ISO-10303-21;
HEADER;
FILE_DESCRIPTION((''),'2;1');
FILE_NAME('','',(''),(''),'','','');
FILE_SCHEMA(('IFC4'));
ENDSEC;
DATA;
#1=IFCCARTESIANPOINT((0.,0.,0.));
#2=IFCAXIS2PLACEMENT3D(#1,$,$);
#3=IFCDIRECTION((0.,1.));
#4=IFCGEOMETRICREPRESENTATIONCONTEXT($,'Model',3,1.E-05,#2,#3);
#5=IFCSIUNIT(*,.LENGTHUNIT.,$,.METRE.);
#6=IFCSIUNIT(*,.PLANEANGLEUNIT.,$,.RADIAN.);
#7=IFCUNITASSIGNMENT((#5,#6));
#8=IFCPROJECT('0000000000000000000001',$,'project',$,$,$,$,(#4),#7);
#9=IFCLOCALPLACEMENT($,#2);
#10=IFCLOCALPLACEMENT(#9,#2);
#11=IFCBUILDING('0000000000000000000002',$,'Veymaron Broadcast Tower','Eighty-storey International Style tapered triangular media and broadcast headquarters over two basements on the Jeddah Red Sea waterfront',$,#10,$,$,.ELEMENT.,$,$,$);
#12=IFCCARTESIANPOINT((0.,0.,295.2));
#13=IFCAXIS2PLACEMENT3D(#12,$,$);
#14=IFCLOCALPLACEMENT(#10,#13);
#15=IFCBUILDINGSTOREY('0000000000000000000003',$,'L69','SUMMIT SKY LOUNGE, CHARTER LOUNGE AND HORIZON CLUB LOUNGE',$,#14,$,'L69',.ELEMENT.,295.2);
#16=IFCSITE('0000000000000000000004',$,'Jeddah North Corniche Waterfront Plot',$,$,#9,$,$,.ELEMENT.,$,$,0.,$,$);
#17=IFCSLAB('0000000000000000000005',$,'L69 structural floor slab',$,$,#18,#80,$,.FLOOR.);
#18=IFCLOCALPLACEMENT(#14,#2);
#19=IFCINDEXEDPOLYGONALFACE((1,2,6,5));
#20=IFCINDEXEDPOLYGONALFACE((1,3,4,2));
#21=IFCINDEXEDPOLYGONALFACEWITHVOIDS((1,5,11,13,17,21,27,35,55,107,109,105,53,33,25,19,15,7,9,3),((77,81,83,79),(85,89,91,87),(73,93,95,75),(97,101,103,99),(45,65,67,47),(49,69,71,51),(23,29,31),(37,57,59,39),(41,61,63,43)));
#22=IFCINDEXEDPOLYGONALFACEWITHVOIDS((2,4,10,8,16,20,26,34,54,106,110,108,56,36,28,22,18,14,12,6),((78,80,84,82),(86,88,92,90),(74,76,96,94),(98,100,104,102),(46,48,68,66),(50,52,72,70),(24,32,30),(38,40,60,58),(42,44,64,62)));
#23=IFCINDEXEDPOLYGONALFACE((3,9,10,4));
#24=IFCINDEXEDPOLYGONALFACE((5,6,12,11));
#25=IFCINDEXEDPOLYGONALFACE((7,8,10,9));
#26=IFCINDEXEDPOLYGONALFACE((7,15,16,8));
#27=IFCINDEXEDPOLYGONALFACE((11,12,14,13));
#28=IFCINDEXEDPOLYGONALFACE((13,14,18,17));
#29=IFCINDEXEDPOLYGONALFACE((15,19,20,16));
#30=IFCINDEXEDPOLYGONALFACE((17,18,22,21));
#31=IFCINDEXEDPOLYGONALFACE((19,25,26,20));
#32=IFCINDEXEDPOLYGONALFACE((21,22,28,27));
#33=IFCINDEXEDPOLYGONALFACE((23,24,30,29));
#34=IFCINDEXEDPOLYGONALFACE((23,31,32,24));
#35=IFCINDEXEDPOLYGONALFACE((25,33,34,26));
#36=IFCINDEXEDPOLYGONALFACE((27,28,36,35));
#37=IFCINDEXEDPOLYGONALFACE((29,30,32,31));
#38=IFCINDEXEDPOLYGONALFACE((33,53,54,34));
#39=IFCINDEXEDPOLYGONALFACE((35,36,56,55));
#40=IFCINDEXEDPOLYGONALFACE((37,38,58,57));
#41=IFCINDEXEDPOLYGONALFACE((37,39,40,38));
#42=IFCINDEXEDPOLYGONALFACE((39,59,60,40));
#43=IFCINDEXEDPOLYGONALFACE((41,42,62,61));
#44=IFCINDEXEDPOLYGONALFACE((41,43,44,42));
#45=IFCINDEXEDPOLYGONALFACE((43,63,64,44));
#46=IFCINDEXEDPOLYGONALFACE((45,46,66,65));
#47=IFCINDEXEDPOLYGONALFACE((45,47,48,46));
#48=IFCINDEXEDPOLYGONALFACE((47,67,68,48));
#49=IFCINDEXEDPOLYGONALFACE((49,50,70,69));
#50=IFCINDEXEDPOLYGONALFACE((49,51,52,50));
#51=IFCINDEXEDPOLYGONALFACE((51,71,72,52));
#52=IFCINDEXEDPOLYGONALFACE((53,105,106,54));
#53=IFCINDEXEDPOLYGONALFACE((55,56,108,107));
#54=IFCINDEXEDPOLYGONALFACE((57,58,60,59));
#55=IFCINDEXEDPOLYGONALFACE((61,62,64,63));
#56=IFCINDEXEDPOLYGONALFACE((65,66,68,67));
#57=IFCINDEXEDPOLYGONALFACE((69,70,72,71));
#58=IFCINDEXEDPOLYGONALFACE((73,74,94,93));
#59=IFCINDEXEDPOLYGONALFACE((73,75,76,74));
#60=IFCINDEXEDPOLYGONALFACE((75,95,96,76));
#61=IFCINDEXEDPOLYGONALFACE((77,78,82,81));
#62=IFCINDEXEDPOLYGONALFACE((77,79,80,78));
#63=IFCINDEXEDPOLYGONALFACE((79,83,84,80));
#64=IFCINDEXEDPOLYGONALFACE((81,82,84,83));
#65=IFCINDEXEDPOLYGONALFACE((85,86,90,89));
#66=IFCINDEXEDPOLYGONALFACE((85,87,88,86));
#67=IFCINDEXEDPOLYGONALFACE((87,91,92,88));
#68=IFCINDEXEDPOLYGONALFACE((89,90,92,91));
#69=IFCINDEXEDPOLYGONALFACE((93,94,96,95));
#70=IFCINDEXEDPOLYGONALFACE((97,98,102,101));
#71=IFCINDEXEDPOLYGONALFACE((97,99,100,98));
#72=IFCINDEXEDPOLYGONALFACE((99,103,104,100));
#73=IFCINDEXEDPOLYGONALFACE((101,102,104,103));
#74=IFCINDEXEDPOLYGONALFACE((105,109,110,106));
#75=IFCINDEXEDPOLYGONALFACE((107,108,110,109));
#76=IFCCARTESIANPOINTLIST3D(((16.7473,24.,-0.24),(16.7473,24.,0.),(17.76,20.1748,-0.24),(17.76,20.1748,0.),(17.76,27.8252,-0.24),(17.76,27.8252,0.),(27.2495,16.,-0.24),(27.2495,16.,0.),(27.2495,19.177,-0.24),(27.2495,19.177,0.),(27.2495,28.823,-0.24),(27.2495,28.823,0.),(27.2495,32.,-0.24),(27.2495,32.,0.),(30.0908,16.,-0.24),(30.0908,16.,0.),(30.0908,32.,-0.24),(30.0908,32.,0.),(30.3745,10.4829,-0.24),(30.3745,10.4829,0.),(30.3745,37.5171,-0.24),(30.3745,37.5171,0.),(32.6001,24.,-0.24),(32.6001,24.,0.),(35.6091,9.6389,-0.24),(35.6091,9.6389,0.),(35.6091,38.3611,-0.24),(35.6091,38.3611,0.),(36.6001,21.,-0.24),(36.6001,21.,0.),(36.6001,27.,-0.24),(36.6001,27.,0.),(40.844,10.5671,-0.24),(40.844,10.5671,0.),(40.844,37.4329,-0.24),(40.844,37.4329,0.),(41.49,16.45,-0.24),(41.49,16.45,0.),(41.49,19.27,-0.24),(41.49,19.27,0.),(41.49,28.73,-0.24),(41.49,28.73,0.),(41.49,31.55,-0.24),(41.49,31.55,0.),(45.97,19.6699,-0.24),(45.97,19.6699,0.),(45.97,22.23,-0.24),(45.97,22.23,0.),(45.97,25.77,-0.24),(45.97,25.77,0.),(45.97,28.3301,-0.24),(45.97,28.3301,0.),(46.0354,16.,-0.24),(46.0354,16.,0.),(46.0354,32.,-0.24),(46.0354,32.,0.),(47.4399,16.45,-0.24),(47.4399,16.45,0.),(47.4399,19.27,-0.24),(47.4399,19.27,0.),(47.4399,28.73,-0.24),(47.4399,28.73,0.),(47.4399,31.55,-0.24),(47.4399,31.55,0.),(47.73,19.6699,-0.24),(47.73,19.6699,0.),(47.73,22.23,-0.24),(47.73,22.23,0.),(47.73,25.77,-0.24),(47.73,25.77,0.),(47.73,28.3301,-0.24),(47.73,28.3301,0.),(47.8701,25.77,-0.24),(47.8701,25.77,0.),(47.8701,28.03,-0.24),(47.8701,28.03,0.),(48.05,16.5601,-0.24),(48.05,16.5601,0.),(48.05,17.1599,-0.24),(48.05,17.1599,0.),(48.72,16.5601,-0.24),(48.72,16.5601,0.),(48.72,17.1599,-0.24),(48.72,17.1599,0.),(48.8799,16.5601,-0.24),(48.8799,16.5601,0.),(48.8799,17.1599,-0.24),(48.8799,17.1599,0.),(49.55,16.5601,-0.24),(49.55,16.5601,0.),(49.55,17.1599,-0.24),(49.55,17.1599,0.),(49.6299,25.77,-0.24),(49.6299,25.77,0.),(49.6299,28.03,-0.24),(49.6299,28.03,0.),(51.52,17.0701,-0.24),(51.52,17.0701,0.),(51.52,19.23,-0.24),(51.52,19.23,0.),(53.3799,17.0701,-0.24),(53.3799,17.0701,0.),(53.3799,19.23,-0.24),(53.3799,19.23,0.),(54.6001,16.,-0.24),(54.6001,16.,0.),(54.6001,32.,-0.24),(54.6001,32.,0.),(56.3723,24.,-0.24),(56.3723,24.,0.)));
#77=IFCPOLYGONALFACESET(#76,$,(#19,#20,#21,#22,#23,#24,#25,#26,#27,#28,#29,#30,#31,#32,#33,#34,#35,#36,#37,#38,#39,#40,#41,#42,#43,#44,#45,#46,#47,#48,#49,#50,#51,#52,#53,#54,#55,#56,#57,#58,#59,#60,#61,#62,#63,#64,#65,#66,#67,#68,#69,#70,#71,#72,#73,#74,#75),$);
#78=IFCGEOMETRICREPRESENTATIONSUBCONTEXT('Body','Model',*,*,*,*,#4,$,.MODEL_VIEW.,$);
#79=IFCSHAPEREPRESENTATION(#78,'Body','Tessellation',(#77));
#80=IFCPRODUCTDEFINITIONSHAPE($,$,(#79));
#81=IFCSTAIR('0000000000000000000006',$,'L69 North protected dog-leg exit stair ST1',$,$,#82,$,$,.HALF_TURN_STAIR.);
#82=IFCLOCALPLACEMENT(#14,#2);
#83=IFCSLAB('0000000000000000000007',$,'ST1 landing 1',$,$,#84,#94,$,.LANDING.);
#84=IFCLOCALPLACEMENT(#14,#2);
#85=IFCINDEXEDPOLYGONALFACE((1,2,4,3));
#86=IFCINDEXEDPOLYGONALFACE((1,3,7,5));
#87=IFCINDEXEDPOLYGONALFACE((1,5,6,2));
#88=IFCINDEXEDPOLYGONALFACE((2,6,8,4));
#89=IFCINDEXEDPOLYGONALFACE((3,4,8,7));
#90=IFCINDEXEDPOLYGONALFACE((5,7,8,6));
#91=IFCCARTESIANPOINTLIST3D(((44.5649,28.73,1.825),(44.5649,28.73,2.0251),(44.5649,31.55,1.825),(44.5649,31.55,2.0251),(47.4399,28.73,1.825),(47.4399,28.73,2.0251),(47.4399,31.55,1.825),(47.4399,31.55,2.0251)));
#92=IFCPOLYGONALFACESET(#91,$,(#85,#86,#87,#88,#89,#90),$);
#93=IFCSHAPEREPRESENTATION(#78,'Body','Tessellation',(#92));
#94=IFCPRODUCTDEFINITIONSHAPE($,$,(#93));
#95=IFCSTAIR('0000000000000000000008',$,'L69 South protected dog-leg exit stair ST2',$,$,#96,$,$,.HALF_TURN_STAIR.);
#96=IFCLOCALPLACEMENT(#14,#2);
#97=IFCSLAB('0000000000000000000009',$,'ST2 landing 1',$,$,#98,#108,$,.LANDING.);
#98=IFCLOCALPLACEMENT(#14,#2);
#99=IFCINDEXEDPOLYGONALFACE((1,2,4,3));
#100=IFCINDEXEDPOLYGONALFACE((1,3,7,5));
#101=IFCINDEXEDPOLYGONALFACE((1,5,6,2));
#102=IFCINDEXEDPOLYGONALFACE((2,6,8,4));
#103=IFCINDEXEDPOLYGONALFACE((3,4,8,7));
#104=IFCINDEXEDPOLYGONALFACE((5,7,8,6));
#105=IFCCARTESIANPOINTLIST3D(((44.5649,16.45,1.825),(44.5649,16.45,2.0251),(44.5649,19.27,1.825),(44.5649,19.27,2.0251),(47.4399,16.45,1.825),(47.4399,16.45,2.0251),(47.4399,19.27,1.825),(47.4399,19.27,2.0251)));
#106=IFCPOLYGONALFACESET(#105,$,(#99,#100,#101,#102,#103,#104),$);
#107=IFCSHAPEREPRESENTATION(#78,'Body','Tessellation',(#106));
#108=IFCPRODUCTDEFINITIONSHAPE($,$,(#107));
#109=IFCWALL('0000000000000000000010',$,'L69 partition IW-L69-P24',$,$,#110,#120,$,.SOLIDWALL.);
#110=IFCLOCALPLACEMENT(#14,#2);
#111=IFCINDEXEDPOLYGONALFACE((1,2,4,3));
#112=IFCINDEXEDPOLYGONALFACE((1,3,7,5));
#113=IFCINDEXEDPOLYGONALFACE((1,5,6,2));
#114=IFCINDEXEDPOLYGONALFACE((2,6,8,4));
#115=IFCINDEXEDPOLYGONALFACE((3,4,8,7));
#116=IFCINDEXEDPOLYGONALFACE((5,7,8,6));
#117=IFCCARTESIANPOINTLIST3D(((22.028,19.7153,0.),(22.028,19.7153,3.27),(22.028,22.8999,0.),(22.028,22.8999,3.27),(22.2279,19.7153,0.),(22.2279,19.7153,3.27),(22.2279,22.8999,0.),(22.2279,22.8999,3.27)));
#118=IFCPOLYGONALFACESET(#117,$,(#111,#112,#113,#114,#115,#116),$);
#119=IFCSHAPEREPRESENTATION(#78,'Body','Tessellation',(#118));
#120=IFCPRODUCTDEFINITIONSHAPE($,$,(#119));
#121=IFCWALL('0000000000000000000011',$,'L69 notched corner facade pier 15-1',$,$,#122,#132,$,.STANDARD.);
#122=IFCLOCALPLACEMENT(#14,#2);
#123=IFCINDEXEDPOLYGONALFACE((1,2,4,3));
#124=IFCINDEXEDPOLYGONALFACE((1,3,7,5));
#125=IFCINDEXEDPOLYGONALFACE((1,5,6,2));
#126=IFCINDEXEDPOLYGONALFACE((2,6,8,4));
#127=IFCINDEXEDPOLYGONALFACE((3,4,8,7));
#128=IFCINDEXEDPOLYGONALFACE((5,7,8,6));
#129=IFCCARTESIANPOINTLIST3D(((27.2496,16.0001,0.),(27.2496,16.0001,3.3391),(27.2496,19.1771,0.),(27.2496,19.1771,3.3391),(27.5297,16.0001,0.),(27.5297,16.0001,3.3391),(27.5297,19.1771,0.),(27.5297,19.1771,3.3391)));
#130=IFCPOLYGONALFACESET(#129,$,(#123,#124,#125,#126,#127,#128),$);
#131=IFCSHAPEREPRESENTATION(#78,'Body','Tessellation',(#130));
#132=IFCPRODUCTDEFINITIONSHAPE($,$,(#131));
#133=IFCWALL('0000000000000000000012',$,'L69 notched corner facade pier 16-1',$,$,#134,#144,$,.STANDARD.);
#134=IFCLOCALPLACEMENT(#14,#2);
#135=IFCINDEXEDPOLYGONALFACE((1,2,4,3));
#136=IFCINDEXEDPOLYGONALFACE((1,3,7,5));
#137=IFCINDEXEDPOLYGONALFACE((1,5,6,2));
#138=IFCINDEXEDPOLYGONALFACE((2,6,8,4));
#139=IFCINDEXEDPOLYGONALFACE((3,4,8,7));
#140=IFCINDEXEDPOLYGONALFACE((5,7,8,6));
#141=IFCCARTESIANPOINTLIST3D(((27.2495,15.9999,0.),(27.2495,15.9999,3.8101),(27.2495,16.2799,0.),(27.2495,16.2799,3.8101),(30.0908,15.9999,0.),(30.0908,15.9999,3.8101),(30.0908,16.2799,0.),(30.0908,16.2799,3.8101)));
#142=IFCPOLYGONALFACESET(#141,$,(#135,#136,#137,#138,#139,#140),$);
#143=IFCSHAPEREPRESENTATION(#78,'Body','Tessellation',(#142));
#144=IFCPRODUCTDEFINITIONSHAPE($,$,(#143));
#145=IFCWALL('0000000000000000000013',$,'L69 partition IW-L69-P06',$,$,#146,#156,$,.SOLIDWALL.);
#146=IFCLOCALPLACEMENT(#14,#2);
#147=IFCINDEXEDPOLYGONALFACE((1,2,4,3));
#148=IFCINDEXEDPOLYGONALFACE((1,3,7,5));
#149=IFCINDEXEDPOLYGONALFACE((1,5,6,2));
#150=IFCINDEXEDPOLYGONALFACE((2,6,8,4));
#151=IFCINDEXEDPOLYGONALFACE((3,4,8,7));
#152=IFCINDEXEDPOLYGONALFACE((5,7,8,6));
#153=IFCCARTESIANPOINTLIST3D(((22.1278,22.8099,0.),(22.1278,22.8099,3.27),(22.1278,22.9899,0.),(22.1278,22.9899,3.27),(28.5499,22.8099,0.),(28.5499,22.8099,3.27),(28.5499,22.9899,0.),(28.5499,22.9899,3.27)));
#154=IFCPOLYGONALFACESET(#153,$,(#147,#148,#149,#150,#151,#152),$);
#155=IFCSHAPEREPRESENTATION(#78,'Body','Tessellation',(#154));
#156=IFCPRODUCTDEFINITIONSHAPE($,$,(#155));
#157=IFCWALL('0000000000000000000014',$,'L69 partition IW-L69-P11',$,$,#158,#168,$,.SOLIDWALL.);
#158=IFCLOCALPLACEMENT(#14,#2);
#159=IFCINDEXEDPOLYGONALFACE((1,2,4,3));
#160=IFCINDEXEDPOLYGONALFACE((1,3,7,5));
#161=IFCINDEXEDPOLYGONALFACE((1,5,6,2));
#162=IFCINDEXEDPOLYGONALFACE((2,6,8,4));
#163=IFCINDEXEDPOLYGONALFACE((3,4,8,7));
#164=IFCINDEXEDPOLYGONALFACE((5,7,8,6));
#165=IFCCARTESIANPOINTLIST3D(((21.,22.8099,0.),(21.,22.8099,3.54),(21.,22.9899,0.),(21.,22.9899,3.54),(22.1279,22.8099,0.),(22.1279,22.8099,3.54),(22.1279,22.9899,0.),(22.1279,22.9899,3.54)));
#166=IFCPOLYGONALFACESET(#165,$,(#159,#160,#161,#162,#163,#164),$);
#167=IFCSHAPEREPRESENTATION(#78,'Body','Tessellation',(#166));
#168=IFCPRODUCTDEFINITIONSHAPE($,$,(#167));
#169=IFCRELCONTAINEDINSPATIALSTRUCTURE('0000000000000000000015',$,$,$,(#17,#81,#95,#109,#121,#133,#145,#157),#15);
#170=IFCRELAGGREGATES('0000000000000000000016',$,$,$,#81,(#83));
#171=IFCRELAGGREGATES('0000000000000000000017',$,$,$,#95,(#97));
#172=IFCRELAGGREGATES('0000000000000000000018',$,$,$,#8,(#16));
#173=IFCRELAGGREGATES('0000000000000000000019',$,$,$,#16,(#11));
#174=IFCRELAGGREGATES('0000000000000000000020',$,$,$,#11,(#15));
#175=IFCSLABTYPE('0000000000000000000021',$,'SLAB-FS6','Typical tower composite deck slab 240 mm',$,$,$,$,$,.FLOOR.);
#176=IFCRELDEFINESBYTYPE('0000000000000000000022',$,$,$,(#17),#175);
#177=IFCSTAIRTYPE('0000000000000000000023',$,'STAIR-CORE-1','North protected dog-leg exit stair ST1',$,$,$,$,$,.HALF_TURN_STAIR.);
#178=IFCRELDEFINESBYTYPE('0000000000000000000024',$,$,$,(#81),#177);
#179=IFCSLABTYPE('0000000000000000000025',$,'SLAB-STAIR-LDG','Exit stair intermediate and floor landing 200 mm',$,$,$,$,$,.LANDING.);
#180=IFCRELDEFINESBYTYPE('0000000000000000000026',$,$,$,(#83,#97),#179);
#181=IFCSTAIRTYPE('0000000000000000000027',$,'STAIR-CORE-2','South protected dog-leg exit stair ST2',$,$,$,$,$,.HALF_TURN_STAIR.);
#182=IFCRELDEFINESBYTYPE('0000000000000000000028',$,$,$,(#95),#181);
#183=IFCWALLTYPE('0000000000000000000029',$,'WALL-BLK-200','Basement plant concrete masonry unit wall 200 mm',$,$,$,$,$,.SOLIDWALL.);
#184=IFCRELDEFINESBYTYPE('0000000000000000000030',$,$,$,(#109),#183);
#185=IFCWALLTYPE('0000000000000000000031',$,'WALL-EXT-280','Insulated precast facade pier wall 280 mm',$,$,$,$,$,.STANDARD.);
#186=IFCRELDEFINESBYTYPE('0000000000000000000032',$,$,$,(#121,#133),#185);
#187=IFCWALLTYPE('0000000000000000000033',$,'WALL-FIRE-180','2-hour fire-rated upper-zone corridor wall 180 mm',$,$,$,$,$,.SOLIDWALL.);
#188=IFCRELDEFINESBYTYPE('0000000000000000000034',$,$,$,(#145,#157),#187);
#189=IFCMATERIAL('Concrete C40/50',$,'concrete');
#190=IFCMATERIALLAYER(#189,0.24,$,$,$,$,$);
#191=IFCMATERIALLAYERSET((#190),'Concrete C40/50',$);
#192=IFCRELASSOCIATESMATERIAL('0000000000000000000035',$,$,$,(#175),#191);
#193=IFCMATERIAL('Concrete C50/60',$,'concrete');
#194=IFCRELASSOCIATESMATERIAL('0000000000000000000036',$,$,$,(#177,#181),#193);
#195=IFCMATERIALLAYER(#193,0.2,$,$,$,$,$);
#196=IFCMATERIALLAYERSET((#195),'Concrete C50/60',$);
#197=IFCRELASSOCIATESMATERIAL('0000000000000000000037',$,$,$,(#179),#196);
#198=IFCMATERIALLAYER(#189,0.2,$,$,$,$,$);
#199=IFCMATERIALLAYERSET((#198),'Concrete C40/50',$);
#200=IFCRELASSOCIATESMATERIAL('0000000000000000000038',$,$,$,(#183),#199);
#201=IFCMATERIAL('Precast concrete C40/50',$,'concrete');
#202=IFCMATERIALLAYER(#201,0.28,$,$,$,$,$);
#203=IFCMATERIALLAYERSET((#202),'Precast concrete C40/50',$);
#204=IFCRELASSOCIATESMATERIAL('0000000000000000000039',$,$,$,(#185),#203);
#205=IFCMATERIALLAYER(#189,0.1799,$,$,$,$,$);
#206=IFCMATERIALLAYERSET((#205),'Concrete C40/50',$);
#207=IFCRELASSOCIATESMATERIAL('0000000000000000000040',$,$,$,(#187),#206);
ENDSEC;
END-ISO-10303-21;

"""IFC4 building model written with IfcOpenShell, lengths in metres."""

from ifc_helpers import new_model, si_unit, direction, frame, frame_2d, origin, place, context, subcontext, project, spatial, polyline, rectangle, outline, extrude, material, layer, layer_set, type_object, element, aggregate, save


model = new_model("IFC4")

# Units and contexts
model_context = context("Model", 3, precision=1e-05, world=origin(), true_north=direction((0.0, 1.0)))
body_context = subcontext(model_context, "Body", "Model", "MODEL_VIEW")
ifc_project = project(units=[si_unit("LENGTHUNIT", "METRE"), si_unit("PLANEANGLEUNIT", "RADIAN")], contexts=[model_context])

# Site, building, storey
site_placement = place(None, origin())
site = spatial("IfcSite", under=ifc_project, at=site_placement, Name="Jeddah North Corniche Waterfront Plot", CompositionType="ELEMENT", RefElevation=0.0)
building_placement = place(site_placement, origin())
building = spatial("IfcBuilding", under=site, at=building_placement, Name="Veymaron Broadcast Tower", Description="Eighty-storey International Style tapered triangular media and broadcast headquarters over two basements on the Jeddah Red Sea waterfront", CompositionType="ELEMENT")
storey_placement = place(building_placement, frame((0.0, 0.0, 295.2)))
storey = spatial("IfcBuildingStorey", under=building, at=storey_placement, Name="L69", Description="SUMMIT SKY LOUNGE, CHARTER LOUNGE AND HORIZON CLUB LOUNGE", LongName="L69", CompositionType="ELEMENT", Elevation=295.2)

# Slab
ifc_material_1 = material(Name="Concrete C40/50", Category="concrete")
ifc_layer_1 = layer(ifc_material_1, 0.24)
ifc_layer_set_1 = layer_set([ifc_layer_1], Name="Concrete C40/50")
slab_type_1 = type_object("IfcSlabType", Name="SLAB-FS6", Description="Typical tower composite deck slab 240 mm", PredefinedType="FLOOR", material=ifc_layer_set_1)
slab_1_placement = place(storey_placement, frame((0.0, 0.0, -0.24)))
element("IfcSlab", 1, at=slab_1_placement, inside=storey, type_object=slab_type_1, Name="L69 structural floor slab", PredefinedType="FLOOR", context=body_context, shape_type="SweptSolid", body=[
    extrude(outline(polyline([(46.0354, 16.0), (54.6001, 16.0), (56.3723, 24.0), (54.6001, 32.0), (46.0354, 32.0), (40.844, 37.4329), (35.6091, 38.3611), (30.3745, 37.5171), (30.0908, 32.0), (27.2495, 32.0), (27.2495, 28.823), (17.76, 27.8252), (16.7473, 24.0), (17.76, 20.1748), (27.2495, 19.177), (27.2495, 16.0), (30.0908, 16.0), (30.3745, 10.4829), (35.6091, 9.6389), (40.844, 10.5671), (46.0354, 16.0)]), holes=[polyline([(45.97, 28.3301), (47.73, 28.3301), (47.73, 25.77), (45.97, 25.77), (45.97, 28.3301)]), polyline([(45.97, 22.23), (47.73, 22.23), (47.73, 19.6699), (45.97, 19.6699), (45.97, 22.23)]), polyline([(47.8701, 28.03), (49.6299, 28.03), (49.6299, 25.77), (47.8701, 25.77), (47.8701, 28.03)]), polyline([(51.52, 19.23), (53.3799, 19.23), (53.3799, 17.0701), (51.52, 17.0701), (51.52, 19.23)]), polyline([(48.05, 17.1599), (48.72, 17.1599), (48.72, 16.5601), (48.05, 16.5601), (48.05, 17.1599)]), polyline([(48.8799, 17.1599), (49.55, 17.1599), (49.55, 16.5601), (48.8799, 16.5601), (48.8799, 17.1599)]), polyline([(36.6001, 27.0), (36.6001, 21.0), (32.6001, 24.0), (36.6001, 27.0)]), polyline([(41.49, 31.55), (47.4399, 31.55), (47.4399, 28.73), (41.49, 28.73), (41.49, 31.55)]), polyline([(41.49, 19.27), (47.4399, 19.27), (47.4399, 16.45), (41.49, 16.45), (41.49, 19.27)])]), origin(), (0.0, 0.0, 1.0), 0.24),
])

# Stairs, slabs
ifc_material_2 = material(Name="Concrete C50/60", Category="concrete")
stair_type_1 = type_object("IfcStairType", Name="STAIR-CORE-1", Description="North protected dog-leg exit stair ST1", PredefinedType="HALF_TURN_STAIR", material=ifc_material_2)
stair_1_placement = place(storey_placement, origin())
stair_1 = element("IfcStair", 2, at=stair_1_placement, inside=storey, type_object=stair_type_1, Name="L69 North protected dog-leg exit stair ST1", PredefinedType="HALF_TURN_STAIR")
ifc_layer_2 = layer(ifc_material_2, 0.2)
ifc_layer_set_2 = layer_set([ifc_layer_2], Name="Concrete C50/60")
slab_type_2 = type_object("IfcSlabType", Name="SLAB-STAIR-LDG", Description="Exit stair intermediate and floor landing 200 mm", PredefinedType="LANDING", material=ifc_layer_set_2)
slab_2_placement = place(storey_placement, frame((0.0, 0.0, 1.825)))
slab_2 = element("IfcSlab", 3, at=slab_2_placement, type_object=slab_type_2, Name="ST1 landing 1", PredefinedType="LANDING", context=body_context, shape_type="SweptSolid", body=[
    extrude(outline(polyline([(44.5649, 28.73), (47.4399, 28.73), (47.4399, 31.55), (44.5649, 31.55), (44.5649, 28.73)])), origin(), (0.0, 0.0, 1.0), 0.2002),
])
aggregate(stair_1, [slab_2])
stair_type_2 = type_object("IfcStairType", Name="STAIR-CORE-2", Description="South protected dog-leg exit stair ST2", PredefinedType="HALF_TURN_STAIR", material=ifc_material_2)
stair_2_placement = place(storey_placement, origin())
stair_2 = element("IfcStair", 4, at=stair_2_placement, inside=storey, type_object=stair_type_2, Name="L69 South protected dog-leg exit stair ST2", PredefinedType="HALF_TURN_STAIR")
slab_3_placement = place(storey_placement, frame((0.0, 0.0, 1.825)))
slab_3 = element("IfcSlab", 5, at=slab_3_placement, type_object=slab_type_2, Name="ST2 landing 1", PredefinedType="LANDING", context=body_context, shape_type="SweptSolid", body=[
    extrude(outline(polyline([(44.5649, 16.45), (47.4399, 16.45), (47.4399, 19.27), (44.5649, 19.27), (44.5649, 16.45)])), origin(), (0.0, 0.0, 1.0), 0.2002),
])
aggregate(stair_2, [slab_3])

# Walls
ifc_layer_3 = layer(ifc_material_1, 0.2)
ifc_layer_set_3 = layer_set([ifc_layer_3], Name="Concrete C40/50")
wall_type_1 = type_object("IfcWallType", Name="WALL-BLK-200", Description="Basement plant concrete masonry unit wall 200 mm", PredefinedType="SOLIDWALL", material=ifc_layer_set_3)
wall_1_placement = place(storey_placement, frame((22.1279, 19.7153, 0.0), z_axis=(0.0, 0.0, 1.0), x_axis=(0.0, 1.0, 0.0)))
element("IfcWall", 6, at=wall_1_placement, inside=storey, type_object=wall_type_1, Name="L69 partition IW-L69-P24", PredefinedType="SOLIDWALL", context=body_context, shape_type="SweptSolid", body=[
    extrude(rectangle(XDim=3.1846, YDim=0.2, at=frame_2d((1.5923, 0.0))), origin(), (0.0, 0.0, 1.0), 3.27),
])
ifc_material_3 = material(Name="Precast concrete C40/50", Category="concrete")
ifc_layer_4 = layer(ifc_material_3, 0.28)
ifc_layer_set_4 = layer_set([ifc_layer_4], Name="Precast concrete C40/50")
wall_type_2 = type_object("IfcWallType", Name="WALL-EXT-280", Description="Insulated precast facade pier wall 280 mm", PredefinedType="STANDARD", material=ifc_layer_set_4)
wall_2_placement = place(storey_placement, frame((27.3896, 19.177, 0.0), z_axis=(0.0, 0.0, 1.0), x_axis=(0.0, -1.0, 0.0)))
element("IfcWall", 7, at=wall_2_placement, inside=storey, type_object=wall_type_2, Name="L69 notched corner facade pier 15-1", PredefinedType="STANDARD", context=body_context, shape_type="SweptSolid", body=[
    extrude(rectangle(XDim=3.177, YDim=0.28, at=frame_2d((1.5884, 0.0))), origin(), (0.0, 0.0, 1.0), 3.3391),
])
wall_3_placement = place(storey_placement, frame((27.2495, 16.1399, 0.0), z_axis=(0.0, 0.0, 1.0), x_axis=(1.0, 0.0, 0.0)))
element("IfcWall", 8, at=wall_3_placement, inside=storey, type_object=wall_type_2, Name="L69 notched corner facade pier 16-1", PredefinedType="STANDARD", context=body_context, shape_type="SweptSolid", body=[
    extrude(rectangle(XDim=2.8413, YDim=0.28, at=frame_2d((1.4207, 0.0))), origin(), (0.0, 0.0, 1.0), 3.8101),
])

# Shared definitions
ifc_layer_5 = layer(ifc_material_1, 0.1799)
ifc_layer_set_5 = layer_set([ifc_layer_5], Name="Concrete C40/50")
wall_type_3 = type_object("IfcWallType", Name="WALL-FIRE-180", Description="2-hour fire-rated upper-zone corridor wall 180 mm", PredefinedType="SOLIDWALL", material=ifc_layer_set_5)

# Walls
wall_4_placement = place(storey_placement, frame((22.1279, 22.8999, 0.0), z_axis=(0.0, 0.0, 1.0), x_axis=(1.0, 0.0, 0.0)))
element("IfcWall", 9, at=wall_4_placement, inside=storey, type_object=wall_type_3, Name="L69 partition IW-L69-P06", PredefinedType="SOLIDWALL", context=body_context, shape_type="SweptSolid", body=[
    extrude(rectangle(XDim=6.4221, YDim=0.1799, at=frame_2d((3.2109, 0.0))), origin(), (0.0, 0.0, 1.0), 3.27),
])
wall_5_placement = place(storey_placement, frame((21.0, 22.8999, 0.0), z_axis=(0.0, 0.0, 1.0), x_axis=(1.0, 0.0, 0.0)))
element("IfcWall", 10, at=wall_5_placement, inside=storey, type_object=wall_type_3, Name="L69 partition IW-L69-P11", PredefinedType="SOLIDWALL", context=body_context, shape_type="SweptSolid", body=[
    extrude(rectangle(XDim=1.1279, YDim=0.1799, at=frame_2d((0.564, 0.0))), origin(), (0.0, 0.0, 1.0), 3.54),
])

save(model, "model.ifc")
